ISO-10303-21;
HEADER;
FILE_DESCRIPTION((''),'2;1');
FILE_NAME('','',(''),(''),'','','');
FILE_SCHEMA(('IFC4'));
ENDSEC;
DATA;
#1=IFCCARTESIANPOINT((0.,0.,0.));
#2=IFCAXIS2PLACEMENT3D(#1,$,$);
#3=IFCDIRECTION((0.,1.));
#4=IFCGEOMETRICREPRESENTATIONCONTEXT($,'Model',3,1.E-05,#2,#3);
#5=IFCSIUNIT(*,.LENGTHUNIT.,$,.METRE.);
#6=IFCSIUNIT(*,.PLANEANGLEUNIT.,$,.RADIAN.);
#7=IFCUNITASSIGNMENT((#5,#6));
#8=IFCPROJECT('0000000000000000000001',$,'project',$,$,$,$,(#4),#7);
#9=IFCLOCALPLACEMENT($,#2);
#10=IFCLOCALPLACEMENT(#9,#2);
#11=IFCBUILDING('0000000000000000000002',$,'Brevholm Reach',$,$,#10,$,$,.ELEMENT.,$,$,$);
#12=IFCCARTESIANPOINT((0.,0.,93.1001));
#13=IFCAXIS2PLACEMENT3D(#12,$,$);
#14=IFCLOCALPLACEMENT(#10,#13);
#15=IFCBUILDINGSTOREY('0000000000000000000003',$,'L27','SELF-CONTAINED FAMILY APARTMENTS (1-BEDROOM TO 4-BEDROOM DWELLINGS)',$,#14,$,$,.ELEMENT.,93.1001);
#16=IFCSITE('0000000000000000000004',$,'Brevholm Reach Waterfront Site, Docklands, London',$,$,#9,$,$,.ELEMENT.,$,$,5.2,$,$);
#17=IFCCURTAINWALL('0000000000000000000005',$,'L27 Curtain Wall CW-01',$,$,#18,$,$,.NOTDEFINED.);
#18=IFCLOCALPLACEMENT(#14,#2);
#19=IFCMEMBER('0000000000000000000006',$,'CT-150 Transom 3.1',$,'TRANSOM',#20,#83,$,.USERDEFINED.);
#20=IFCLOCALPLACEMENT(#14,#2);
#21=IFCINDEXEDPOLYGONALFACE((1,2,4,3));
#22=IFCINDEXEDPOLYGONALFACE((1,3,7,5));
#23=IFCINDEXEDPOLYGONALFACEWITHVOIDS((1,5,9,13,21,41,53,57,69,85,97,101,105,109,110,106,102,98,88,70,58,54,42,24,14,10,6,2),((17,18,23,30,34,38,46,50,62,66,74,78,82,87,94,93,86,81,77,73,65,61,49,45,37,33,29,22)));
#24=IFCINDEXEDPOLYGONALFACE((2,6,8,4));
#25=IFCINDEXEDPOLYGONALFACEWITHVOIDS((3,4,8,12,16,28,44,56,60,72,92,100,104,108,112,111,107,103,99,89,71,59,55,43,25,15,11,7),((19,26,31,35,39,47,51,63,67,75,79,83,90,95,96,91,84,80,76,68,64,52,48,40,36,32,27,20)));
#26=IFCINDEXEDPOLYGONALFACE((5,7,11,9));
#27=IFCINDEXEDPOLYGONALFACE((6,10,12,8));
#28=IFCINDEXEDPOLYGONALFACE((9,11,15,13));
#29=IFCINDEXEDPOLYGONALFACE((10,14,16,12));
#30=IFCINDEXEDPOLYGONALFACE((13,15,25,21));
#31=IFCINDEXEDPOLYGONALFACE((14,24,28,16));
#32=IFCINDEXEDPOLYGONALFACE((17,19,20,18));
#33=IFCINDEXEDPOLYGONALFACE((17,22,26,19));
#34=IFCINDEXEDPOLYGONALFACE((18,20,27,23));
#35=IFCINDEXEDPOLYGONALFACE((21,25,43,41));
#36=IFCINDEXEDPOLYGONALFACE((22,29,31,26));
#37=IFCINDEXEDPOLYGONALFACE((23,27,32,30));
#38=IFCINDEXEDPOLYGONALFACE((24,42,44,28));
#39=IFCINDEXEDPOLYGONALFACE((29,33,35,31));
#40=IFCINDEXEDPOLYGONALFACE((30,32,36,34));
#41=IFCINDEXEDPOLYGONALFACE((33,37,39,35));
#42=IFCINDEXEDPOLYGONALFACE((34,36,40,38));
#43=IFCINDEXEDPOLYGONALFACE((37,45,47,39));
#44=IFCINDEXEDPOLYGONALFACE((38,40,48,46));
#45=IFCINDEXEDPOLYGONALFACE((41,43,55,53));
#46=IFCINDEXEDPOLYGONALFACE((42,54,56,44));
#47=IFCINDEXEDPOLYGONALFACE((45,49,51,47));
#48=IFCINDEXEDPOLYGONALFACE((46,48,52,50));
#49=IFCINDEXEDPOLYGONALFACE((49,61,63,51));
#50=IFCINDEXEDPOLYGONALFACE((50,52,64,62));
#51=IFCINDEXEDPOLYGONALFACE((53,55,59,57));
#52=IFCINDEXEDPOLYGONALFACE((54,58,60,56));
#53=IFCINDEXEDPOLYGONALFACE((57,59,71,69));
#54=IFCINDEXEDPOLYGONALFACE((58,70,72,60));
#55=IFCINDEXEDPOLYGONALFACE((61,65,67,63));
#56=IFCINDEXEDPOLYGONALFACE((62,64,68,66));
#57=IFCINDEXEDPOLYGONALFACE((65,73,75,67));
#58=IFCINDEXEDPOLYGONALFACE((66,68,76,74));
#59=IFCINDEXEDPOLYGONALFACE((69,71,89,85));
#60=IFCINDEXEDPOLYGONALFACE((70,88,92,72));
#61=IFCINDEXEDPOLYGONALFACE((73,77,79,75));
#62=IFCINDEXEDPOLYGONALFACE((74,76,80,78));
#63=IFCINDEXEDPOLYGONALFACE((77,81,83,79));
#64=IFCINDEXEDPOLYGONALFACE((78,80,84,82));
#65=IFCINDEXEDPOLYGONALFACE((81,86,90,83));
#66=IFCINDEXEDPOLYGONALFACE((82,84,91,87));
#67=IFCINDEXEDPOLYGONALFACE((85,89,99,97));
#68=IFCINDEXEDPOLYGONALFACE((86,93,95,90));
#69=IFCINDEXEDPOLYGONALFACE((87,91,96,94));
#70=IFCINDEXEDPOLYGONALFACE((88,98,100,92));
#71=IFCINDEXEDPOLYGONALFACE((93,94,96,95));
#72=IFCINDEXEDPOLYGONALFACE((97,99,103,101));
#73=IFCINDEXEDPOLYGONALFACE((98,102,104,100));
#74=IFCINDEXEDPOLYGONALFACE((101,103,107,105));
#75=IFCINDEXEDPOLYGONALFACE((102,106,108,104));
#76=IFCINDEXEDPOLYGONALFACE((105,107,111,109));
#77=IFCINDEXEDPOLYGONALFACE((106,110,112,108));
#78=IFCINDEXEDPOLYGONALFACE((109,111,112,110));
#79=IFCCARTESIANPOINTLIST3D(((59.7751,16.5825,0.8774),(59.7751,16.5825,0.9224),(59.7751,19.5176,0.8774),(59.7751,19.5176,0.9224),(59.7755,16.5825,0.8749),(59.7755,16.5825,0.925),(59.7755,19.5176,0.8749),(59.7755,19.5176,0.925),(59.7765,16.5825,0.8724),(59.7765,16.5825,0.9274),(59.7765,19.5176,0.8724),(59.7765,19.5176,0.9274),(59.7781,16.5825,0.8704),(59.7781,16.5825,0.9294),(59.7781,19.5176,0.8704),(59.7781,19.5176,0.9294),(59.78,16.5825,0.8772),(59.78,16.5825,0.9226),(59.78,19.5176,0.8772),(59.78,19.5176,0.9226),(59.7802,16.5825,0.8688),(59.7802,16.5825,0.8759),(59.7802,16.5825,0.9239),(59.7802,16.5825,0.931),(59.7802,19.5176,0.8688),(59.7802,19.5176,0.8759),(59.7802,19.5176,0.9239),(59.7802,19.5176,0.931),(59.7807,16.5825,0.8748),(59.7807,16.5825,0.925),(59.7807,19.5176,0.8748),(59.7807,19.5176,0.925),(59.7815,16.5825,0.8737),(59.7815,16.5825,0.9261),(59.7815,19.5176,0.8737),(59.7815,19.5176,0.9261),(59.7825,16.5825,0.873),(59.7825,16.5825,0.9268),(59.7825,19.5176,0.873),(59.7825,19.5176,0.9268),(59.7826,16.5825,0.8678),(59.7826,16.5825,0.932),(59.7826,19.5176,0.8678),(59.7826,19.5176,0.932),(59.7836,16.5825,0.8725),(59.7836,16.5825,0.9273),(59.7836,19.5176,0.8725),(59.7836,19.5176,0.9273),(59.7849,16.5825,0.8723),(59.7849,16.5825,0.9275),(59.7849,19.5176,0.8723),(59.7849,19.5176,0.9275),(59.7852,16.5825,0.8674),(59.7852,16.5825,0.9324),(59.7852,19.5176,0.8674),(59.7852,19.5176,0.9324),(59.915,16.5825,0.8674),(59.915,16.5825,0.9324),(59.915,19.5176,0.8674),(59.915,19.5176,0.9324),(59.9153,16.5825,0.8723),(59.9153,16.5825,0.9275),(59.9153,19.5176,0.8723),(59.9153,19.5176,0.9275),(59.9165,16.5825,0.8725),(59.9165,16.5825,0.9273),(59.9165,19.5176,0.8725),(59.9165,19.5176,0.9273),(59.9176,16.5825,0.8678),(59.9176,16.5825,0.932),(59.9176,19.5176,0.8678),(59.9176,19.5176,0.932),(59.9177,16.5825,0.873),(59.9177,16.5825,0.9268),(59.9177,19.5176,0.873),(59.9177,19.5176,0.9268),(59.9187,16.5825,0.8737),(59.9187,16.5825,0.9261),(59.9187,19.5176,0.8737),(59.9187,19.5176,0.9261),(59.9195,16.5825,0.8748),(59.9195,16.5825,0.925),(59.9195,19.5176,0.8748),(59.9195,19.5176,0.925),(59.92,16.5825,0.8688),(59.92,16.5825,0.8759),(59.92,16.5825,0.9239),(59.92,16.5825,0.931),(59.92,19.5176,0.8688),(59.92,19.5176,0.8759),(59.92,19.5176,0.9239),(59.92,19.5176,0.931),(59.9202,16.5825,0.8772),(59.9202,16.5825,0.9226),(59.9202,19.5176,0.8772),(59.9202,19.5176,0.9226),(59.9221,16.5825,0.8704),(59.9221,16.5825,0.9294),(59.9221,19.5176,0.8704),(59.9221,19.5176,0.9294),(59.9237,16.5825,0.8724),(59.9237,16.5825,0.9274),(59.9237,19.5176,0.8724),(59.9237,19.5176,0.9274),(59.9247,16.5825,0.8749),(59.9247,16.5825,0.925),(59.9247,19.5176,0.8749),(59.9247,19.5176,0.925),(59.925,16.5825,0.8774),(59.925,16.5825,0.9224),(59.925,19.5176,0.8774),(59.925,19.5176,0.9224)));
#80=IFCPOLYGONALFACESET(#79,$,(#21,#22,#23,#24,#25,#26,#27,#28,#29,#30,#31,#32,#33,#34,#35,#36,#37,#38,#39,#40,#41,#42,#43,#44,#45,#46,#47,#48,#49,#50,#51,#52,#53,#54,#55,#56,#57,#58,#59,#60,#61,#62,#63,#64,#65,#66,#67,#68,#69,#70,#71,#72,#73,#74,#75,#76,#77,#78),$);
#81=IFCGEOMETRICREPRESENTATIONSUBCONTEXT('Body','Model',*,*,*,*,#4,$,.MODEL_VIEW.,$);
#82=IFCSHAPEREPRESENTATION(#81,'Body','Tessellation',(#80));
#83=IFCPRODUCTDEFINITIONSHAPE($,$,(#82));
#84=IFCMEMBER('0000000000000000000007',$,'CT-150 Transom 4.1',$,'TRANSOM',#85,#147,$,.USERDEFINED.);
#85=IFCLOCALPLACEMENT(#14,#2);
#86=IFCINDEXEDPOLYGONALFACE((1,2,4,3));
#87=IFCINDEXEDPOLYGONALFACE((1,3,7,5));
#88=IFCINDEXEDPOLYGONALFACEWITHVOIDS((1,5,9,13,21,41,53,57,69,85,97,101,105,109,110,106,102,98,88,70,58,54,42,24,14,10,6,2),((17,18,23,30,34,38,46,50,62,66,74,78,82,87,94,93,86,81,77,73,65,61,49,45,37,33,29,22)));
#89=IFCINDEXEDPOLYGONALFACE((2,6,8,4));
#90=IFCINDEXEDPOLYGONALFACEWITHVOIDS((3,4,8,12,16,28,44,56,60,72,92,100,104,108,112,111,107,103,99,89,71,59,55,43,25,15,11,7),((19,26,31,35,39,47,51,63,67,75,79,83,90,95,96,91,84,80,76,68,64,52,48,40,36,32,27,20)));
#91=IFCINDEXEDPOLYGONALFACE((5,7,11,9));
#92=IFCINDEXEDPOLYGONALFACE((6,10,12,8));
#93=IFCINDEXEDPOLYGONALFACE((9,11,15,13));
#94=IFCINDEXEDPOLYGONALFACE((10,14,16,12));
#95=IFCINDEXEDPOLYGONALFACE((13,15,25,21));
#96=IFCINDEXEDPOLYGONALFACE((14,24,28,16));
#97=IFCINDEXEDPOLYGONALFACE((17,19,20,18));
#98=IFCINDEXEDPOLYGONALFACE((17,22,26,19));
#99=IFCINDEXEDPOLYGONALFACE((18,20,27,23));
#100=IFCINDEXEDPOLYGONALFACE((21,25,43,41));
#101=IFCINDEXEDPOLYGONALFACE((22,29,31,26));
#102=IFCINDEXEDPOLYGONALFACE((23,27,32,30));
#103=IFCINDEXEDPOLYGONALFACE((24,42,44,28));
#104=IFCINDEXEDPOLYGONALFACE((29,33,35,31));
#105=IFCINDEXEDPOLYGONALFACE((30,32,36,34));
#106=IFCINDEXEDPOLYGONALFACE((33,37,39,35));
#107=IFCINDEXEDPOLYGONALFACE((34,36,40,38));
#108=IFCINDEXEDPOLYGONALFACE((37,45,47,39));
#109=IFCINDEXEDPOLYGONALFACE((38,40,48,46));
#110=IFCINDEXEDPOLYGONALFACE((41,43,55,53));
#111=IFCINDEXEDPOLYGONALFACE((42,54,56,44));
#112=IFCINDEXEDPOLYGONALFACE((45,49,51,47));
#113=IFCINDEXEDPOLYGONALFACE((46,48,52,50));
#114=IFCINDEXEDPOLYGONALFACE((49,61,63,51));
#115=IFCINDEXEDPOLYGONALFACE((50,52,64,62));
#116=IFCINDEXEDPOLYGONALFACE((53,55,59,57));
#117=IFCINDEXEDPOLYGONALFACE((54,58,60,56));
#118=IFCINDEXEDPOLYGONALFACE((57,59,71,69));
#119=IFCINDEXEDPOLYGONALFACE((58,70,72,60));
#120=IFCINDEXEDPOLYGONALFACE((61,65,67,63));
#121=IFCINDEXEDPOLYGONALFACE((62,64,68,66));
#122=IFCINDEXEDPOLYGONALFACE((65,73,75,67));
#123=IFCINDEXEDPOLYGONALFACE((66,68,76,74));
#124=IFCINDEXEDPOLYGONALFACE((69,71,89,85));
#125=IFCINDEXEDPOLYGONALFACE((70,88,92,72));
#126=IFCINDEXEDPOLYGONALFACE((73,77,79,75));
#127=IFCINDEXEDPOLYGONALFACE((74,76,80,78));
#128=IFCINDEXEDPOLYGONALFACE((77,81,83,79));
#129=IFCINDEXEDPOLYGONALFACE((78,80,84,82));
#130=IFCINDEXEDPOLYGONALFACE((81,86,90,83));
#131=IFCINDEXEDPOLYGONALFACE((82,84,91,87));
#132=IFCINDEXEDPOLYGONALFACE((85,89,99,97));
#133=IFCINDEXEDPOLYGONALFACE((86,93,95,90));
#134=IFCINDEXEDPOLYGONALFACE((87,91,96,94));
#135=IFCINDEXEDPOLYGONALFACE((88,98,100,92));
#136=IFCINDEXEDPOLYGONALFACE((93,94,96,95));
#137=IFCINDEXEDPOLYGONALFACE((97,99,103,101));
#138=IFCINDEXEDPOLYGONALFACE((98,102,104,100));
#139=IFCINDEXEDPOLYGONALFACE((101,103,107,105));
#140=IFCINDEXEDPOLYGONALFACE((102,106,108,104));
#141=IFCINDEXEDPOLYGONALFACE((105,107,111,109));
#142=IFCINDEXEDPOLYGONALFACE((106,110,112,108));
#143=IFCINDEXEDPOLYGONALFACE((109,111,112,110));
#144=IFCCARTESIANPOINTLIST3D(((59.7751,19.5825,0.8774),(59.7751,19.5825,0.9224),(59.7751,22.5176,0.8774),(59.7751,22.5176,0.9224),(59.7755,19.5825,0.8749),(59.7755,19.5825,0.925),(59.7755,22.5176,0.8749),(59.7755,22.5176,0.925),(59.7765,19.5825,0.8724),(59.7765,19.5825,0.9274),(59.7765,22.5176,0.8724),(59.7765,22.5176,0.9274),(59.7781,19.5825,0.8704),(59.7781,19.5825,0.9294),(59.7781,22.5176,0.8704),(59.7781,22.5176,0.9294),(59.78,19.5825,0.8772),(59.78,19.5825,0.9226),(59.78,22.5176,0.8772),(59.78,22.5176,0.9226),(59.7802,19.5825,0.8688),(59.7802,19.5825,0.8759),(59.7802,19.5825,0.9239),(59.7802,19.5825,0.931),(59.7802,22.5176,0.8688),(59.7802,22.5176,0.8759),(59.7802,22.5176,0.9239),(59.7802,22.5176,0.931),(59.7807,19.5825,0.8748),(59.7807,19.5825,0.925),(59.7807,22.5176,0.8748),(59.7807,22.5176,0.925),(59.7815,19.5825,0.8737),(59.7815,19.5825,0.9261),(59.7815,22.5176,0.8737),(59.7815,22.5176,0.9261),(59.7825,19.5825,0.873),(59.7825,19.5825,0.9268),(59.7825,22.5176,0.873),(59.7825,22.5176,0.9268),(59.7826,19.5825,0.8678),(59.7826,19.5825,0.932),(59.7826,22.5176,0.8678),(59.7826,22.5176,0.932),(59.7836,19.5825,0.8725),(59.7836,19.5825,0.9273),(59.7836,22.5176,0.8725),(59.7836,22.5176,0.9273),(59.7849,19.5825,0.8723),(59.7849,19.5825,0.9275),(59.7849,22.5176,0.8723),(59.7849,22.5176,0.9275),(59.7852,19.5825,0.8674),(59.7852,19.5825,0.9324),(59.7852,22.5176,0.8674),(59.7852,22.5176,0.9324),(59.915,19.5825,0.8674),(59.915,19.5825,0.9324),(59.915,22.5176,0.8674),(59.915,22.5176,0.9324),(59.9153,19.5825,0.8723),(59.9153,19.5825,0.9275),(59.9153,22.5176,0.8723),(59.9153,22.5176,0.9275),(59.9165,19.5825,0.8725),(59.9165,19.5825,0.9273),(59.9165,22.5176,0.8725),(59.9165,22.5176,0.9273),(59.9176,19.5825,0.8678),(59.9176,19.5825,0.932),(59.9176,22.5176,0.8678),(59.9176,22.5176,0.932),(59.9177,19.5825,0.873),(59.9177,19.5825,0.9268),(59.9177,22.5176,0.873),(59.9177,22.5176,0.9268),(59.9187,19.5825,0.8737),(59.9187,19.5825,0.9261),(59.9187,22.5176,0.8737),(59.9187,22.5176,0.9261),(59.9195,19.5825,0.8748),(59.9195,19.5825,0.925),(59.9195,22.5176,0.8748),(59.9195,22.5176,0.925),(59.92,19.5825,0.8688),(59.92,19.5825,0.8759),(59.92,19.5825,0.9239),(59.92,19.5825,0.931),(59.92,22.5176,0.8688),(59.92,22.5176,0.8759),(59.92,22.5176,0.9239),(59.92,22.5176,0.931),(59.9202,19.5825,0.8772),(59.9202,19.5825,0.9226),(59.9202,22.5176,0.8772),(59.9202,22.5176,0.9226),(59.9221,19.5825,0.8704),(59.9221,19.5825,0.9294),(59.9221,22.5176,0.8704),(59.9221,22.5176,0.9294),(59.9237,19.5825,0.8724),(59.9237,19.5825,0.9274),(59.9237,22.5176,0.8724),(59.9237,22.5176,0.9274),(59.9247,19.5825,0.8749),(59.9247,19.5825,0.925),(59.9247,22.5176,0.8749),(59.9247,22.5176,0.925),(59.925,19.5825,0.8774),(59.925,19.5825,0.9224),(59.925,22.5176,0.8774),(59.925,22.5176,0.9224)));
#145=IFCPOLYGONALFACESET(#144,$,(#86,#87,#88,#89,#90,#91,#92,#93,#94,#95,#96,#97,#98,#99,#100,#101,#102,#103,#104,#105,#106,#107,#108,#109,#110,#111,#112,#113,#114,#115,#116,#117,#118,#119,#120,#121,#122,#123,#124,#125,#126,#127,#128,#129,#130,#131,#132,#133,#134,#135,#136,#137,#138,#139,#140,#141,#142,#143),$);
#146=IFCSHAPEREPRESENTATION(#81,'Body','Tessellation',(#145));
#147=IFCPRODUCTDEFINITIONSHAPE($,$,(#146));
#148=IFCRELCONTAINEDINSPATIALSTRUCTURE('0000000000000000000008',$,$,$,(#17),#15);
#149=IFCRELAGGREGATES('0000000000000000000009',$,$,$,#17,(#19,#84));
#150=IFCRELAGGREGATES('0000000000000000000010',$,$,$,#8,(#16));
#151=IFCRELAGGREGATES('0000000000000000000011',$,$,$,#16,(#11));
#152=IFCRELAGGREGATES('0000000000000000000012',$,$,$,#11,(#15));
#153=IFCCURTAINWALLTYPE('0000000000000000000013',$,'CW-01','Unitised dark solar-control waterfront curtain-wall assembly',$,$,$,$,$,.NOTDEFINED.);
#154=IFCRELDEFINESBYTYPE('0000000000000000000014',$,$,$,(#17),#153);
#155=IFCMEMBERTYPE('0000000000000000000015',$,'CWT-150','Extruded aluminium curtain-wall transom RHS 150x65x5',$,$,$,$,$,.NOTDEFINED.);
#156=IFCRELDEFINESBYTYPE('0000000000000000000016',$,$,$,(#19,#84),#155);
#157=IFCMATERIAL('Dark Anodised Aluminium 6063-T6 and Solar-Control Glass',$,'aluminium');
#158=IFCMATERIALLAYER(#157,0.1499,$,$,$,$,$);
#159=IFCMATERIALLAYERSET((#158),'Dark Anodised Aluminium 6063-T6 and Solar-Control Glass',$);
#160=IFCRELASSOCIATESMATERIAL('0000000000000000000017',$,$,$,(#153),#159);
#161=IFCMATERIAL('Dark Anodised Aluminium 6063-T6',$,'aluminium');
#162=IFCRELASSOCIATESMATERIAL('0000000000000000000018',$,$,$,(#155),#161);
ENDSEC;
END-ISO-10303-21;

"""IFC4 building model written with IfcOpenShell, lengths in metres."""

from ifc_helpers import new_model, si_unit, direction, frame, origin, origin_2d, place, context, subcontext, project, spatial, hollow_rectangle, extrude, material, layer, layer_set, material_profile, profile_set, type_object, element, aggregate, save


model = new_model("IFC4")

# Units and contexts
model_context = context("Model", 3, precision=1e-05, world=origin(), true_north=direction((0.0, 1.0)))
body_context = subcontext(model_context, "Body", "Model", "MODEL_VIEW")
ifc_project = project(units=[si_unit("LENGTHUNIT", "METRE"), si_unit("PLANEANGLEUNIT", "RADIAN")], contexts=[model_context])

# Site, building, storey
site_placement = place(None, origin())
site = spatial("IfcSite", under=ifc_project, at=site_placement, Name="Brevholm Reach Waterfront Site, Docklands, London", CompositionType="ELEMENT", RefElevation=5.2)
building_placement = place(site_placement, origin())
building = spatial("IfcBuilding", under=site, at=building_placement, Name="Brevholm Reach", CompositionType="ELEMENT")
storey_placement = place(building_placement, frame((0.0, 0.0, 93.1001)))
storey = spatial("IfcBuildingStorey", under=building, at=storey_placement, Name="L27", Description="SELF-CONTAINED FAMILY APARTMENTS (1-BEDROOM TO 4-BEDROOM DWELLINGS)", CompositionType="ELEMENT", Elevation=93.1001)

# Curtain wall, members
ifc_material_1 = material(Name="Dark Anodised Aluminium 6063-T6 and Solar-Control Glass", Category="aluminium")
ifc_layer_1 = layer(ifc_material_1, 0.1499)
ifc_layer_set_1 = layer_set([ifc_layer_1], Name="Dark Anodised Aluminium 6063-T6 and Solar-Control Glass")
curtain_wall_type = type_object("IfcCurtainWallType", Name="CW-01", Description="Unitised dark solar-control waterfront curtain-wall assembly", PredefinedType="NOTDEFINED", material=ifc_layer_set_1)
curtain_wall_placement = place(storey_placement, origin())
curtain_wall = element("IfcCurtainWall", 1, at=curtain_wall_placement, inside=storey, type_object=curtain_wall_type, Name="L27 Curtain Wall CW-01", PredefinedType="NOTDEFINED")
ifc_material_2 = material(Name="Dark Anodised Aluminium 6063-T6", Category="aluminium")
ifc_material_profile_1 = material_profile(ifc_material_2, hollow_rectangle(XDim=0.0649, YDim=0.1499, WallThickness=0.0049, InnerFilletRadius=0.0049, OuterFilletRadius=0.01, at=origin_2d()), Name="RHS 150x65x5")
ifc_profile_set_1 = profile_set([ifc_material_profile_1], Name="Dark Anodised Aluminium 6063-T6")
member_type_1 = type_object("IfcMemberType", Name="CWT-150", Description="Extruded aluminium curtain-wall transom RHS 150x65x5", PredefinedType="NOTDEFINED", material=ifc_profile_set_1)
member_1_placement = place(storey_placement, frame((59.8501, 16.5825, 0.8999), z_axis=(0.0, 1.0, 0.0), x_axis=(0.0, 0.0, 1.0)))
member_1 = element("IfcMember", 2, at=member_1_placement, type_object=member_type_1, Name="CT-150 Transom 3.1", ObjectType="TRANSOM", PredefinedType="USERDEFINED", context=body_context, shape_type="SweptSolid", body=[
    extrude(hollow_rectangle(XDim=0.0649, YDim=0.1499, WallThickness=0.0049, InnerFilletRadius=0.0049, OuterFilletRadius=0.01, at=origin_2d()), origin(), (0.0, 0.0, 1.0), 2.9351),
])
member_2_placement = place(storey_placement, frame((59.8501, 19.5825, 0.8999), z_axis=(0.0, 1.0, 0.0), x_axis=(0.0, 0.0, 1.0)))
member_2 = element("IfcMember", 3, at=member_2_placement, type_object=member_type_1, Name="CT-150 Transom 4.1", ObjectType="TRANSOM", PredefinedType="USERDEFINED", context=body_context, shape_type="SweptSolid", body=[
    extrude(hollow_rectangle(XDim=0.0649, YDim=0.1499, WallThickness=0.0049, InnerFilletRadius=0.0049, OuterFilletRadius=0.01, at=origin_2d()), origin(), (0.0, 0.0, 1.0), 2.9351),
])
aggregate(curtain_wall, [member_1, member_2])

save(model, "model.ifc")
